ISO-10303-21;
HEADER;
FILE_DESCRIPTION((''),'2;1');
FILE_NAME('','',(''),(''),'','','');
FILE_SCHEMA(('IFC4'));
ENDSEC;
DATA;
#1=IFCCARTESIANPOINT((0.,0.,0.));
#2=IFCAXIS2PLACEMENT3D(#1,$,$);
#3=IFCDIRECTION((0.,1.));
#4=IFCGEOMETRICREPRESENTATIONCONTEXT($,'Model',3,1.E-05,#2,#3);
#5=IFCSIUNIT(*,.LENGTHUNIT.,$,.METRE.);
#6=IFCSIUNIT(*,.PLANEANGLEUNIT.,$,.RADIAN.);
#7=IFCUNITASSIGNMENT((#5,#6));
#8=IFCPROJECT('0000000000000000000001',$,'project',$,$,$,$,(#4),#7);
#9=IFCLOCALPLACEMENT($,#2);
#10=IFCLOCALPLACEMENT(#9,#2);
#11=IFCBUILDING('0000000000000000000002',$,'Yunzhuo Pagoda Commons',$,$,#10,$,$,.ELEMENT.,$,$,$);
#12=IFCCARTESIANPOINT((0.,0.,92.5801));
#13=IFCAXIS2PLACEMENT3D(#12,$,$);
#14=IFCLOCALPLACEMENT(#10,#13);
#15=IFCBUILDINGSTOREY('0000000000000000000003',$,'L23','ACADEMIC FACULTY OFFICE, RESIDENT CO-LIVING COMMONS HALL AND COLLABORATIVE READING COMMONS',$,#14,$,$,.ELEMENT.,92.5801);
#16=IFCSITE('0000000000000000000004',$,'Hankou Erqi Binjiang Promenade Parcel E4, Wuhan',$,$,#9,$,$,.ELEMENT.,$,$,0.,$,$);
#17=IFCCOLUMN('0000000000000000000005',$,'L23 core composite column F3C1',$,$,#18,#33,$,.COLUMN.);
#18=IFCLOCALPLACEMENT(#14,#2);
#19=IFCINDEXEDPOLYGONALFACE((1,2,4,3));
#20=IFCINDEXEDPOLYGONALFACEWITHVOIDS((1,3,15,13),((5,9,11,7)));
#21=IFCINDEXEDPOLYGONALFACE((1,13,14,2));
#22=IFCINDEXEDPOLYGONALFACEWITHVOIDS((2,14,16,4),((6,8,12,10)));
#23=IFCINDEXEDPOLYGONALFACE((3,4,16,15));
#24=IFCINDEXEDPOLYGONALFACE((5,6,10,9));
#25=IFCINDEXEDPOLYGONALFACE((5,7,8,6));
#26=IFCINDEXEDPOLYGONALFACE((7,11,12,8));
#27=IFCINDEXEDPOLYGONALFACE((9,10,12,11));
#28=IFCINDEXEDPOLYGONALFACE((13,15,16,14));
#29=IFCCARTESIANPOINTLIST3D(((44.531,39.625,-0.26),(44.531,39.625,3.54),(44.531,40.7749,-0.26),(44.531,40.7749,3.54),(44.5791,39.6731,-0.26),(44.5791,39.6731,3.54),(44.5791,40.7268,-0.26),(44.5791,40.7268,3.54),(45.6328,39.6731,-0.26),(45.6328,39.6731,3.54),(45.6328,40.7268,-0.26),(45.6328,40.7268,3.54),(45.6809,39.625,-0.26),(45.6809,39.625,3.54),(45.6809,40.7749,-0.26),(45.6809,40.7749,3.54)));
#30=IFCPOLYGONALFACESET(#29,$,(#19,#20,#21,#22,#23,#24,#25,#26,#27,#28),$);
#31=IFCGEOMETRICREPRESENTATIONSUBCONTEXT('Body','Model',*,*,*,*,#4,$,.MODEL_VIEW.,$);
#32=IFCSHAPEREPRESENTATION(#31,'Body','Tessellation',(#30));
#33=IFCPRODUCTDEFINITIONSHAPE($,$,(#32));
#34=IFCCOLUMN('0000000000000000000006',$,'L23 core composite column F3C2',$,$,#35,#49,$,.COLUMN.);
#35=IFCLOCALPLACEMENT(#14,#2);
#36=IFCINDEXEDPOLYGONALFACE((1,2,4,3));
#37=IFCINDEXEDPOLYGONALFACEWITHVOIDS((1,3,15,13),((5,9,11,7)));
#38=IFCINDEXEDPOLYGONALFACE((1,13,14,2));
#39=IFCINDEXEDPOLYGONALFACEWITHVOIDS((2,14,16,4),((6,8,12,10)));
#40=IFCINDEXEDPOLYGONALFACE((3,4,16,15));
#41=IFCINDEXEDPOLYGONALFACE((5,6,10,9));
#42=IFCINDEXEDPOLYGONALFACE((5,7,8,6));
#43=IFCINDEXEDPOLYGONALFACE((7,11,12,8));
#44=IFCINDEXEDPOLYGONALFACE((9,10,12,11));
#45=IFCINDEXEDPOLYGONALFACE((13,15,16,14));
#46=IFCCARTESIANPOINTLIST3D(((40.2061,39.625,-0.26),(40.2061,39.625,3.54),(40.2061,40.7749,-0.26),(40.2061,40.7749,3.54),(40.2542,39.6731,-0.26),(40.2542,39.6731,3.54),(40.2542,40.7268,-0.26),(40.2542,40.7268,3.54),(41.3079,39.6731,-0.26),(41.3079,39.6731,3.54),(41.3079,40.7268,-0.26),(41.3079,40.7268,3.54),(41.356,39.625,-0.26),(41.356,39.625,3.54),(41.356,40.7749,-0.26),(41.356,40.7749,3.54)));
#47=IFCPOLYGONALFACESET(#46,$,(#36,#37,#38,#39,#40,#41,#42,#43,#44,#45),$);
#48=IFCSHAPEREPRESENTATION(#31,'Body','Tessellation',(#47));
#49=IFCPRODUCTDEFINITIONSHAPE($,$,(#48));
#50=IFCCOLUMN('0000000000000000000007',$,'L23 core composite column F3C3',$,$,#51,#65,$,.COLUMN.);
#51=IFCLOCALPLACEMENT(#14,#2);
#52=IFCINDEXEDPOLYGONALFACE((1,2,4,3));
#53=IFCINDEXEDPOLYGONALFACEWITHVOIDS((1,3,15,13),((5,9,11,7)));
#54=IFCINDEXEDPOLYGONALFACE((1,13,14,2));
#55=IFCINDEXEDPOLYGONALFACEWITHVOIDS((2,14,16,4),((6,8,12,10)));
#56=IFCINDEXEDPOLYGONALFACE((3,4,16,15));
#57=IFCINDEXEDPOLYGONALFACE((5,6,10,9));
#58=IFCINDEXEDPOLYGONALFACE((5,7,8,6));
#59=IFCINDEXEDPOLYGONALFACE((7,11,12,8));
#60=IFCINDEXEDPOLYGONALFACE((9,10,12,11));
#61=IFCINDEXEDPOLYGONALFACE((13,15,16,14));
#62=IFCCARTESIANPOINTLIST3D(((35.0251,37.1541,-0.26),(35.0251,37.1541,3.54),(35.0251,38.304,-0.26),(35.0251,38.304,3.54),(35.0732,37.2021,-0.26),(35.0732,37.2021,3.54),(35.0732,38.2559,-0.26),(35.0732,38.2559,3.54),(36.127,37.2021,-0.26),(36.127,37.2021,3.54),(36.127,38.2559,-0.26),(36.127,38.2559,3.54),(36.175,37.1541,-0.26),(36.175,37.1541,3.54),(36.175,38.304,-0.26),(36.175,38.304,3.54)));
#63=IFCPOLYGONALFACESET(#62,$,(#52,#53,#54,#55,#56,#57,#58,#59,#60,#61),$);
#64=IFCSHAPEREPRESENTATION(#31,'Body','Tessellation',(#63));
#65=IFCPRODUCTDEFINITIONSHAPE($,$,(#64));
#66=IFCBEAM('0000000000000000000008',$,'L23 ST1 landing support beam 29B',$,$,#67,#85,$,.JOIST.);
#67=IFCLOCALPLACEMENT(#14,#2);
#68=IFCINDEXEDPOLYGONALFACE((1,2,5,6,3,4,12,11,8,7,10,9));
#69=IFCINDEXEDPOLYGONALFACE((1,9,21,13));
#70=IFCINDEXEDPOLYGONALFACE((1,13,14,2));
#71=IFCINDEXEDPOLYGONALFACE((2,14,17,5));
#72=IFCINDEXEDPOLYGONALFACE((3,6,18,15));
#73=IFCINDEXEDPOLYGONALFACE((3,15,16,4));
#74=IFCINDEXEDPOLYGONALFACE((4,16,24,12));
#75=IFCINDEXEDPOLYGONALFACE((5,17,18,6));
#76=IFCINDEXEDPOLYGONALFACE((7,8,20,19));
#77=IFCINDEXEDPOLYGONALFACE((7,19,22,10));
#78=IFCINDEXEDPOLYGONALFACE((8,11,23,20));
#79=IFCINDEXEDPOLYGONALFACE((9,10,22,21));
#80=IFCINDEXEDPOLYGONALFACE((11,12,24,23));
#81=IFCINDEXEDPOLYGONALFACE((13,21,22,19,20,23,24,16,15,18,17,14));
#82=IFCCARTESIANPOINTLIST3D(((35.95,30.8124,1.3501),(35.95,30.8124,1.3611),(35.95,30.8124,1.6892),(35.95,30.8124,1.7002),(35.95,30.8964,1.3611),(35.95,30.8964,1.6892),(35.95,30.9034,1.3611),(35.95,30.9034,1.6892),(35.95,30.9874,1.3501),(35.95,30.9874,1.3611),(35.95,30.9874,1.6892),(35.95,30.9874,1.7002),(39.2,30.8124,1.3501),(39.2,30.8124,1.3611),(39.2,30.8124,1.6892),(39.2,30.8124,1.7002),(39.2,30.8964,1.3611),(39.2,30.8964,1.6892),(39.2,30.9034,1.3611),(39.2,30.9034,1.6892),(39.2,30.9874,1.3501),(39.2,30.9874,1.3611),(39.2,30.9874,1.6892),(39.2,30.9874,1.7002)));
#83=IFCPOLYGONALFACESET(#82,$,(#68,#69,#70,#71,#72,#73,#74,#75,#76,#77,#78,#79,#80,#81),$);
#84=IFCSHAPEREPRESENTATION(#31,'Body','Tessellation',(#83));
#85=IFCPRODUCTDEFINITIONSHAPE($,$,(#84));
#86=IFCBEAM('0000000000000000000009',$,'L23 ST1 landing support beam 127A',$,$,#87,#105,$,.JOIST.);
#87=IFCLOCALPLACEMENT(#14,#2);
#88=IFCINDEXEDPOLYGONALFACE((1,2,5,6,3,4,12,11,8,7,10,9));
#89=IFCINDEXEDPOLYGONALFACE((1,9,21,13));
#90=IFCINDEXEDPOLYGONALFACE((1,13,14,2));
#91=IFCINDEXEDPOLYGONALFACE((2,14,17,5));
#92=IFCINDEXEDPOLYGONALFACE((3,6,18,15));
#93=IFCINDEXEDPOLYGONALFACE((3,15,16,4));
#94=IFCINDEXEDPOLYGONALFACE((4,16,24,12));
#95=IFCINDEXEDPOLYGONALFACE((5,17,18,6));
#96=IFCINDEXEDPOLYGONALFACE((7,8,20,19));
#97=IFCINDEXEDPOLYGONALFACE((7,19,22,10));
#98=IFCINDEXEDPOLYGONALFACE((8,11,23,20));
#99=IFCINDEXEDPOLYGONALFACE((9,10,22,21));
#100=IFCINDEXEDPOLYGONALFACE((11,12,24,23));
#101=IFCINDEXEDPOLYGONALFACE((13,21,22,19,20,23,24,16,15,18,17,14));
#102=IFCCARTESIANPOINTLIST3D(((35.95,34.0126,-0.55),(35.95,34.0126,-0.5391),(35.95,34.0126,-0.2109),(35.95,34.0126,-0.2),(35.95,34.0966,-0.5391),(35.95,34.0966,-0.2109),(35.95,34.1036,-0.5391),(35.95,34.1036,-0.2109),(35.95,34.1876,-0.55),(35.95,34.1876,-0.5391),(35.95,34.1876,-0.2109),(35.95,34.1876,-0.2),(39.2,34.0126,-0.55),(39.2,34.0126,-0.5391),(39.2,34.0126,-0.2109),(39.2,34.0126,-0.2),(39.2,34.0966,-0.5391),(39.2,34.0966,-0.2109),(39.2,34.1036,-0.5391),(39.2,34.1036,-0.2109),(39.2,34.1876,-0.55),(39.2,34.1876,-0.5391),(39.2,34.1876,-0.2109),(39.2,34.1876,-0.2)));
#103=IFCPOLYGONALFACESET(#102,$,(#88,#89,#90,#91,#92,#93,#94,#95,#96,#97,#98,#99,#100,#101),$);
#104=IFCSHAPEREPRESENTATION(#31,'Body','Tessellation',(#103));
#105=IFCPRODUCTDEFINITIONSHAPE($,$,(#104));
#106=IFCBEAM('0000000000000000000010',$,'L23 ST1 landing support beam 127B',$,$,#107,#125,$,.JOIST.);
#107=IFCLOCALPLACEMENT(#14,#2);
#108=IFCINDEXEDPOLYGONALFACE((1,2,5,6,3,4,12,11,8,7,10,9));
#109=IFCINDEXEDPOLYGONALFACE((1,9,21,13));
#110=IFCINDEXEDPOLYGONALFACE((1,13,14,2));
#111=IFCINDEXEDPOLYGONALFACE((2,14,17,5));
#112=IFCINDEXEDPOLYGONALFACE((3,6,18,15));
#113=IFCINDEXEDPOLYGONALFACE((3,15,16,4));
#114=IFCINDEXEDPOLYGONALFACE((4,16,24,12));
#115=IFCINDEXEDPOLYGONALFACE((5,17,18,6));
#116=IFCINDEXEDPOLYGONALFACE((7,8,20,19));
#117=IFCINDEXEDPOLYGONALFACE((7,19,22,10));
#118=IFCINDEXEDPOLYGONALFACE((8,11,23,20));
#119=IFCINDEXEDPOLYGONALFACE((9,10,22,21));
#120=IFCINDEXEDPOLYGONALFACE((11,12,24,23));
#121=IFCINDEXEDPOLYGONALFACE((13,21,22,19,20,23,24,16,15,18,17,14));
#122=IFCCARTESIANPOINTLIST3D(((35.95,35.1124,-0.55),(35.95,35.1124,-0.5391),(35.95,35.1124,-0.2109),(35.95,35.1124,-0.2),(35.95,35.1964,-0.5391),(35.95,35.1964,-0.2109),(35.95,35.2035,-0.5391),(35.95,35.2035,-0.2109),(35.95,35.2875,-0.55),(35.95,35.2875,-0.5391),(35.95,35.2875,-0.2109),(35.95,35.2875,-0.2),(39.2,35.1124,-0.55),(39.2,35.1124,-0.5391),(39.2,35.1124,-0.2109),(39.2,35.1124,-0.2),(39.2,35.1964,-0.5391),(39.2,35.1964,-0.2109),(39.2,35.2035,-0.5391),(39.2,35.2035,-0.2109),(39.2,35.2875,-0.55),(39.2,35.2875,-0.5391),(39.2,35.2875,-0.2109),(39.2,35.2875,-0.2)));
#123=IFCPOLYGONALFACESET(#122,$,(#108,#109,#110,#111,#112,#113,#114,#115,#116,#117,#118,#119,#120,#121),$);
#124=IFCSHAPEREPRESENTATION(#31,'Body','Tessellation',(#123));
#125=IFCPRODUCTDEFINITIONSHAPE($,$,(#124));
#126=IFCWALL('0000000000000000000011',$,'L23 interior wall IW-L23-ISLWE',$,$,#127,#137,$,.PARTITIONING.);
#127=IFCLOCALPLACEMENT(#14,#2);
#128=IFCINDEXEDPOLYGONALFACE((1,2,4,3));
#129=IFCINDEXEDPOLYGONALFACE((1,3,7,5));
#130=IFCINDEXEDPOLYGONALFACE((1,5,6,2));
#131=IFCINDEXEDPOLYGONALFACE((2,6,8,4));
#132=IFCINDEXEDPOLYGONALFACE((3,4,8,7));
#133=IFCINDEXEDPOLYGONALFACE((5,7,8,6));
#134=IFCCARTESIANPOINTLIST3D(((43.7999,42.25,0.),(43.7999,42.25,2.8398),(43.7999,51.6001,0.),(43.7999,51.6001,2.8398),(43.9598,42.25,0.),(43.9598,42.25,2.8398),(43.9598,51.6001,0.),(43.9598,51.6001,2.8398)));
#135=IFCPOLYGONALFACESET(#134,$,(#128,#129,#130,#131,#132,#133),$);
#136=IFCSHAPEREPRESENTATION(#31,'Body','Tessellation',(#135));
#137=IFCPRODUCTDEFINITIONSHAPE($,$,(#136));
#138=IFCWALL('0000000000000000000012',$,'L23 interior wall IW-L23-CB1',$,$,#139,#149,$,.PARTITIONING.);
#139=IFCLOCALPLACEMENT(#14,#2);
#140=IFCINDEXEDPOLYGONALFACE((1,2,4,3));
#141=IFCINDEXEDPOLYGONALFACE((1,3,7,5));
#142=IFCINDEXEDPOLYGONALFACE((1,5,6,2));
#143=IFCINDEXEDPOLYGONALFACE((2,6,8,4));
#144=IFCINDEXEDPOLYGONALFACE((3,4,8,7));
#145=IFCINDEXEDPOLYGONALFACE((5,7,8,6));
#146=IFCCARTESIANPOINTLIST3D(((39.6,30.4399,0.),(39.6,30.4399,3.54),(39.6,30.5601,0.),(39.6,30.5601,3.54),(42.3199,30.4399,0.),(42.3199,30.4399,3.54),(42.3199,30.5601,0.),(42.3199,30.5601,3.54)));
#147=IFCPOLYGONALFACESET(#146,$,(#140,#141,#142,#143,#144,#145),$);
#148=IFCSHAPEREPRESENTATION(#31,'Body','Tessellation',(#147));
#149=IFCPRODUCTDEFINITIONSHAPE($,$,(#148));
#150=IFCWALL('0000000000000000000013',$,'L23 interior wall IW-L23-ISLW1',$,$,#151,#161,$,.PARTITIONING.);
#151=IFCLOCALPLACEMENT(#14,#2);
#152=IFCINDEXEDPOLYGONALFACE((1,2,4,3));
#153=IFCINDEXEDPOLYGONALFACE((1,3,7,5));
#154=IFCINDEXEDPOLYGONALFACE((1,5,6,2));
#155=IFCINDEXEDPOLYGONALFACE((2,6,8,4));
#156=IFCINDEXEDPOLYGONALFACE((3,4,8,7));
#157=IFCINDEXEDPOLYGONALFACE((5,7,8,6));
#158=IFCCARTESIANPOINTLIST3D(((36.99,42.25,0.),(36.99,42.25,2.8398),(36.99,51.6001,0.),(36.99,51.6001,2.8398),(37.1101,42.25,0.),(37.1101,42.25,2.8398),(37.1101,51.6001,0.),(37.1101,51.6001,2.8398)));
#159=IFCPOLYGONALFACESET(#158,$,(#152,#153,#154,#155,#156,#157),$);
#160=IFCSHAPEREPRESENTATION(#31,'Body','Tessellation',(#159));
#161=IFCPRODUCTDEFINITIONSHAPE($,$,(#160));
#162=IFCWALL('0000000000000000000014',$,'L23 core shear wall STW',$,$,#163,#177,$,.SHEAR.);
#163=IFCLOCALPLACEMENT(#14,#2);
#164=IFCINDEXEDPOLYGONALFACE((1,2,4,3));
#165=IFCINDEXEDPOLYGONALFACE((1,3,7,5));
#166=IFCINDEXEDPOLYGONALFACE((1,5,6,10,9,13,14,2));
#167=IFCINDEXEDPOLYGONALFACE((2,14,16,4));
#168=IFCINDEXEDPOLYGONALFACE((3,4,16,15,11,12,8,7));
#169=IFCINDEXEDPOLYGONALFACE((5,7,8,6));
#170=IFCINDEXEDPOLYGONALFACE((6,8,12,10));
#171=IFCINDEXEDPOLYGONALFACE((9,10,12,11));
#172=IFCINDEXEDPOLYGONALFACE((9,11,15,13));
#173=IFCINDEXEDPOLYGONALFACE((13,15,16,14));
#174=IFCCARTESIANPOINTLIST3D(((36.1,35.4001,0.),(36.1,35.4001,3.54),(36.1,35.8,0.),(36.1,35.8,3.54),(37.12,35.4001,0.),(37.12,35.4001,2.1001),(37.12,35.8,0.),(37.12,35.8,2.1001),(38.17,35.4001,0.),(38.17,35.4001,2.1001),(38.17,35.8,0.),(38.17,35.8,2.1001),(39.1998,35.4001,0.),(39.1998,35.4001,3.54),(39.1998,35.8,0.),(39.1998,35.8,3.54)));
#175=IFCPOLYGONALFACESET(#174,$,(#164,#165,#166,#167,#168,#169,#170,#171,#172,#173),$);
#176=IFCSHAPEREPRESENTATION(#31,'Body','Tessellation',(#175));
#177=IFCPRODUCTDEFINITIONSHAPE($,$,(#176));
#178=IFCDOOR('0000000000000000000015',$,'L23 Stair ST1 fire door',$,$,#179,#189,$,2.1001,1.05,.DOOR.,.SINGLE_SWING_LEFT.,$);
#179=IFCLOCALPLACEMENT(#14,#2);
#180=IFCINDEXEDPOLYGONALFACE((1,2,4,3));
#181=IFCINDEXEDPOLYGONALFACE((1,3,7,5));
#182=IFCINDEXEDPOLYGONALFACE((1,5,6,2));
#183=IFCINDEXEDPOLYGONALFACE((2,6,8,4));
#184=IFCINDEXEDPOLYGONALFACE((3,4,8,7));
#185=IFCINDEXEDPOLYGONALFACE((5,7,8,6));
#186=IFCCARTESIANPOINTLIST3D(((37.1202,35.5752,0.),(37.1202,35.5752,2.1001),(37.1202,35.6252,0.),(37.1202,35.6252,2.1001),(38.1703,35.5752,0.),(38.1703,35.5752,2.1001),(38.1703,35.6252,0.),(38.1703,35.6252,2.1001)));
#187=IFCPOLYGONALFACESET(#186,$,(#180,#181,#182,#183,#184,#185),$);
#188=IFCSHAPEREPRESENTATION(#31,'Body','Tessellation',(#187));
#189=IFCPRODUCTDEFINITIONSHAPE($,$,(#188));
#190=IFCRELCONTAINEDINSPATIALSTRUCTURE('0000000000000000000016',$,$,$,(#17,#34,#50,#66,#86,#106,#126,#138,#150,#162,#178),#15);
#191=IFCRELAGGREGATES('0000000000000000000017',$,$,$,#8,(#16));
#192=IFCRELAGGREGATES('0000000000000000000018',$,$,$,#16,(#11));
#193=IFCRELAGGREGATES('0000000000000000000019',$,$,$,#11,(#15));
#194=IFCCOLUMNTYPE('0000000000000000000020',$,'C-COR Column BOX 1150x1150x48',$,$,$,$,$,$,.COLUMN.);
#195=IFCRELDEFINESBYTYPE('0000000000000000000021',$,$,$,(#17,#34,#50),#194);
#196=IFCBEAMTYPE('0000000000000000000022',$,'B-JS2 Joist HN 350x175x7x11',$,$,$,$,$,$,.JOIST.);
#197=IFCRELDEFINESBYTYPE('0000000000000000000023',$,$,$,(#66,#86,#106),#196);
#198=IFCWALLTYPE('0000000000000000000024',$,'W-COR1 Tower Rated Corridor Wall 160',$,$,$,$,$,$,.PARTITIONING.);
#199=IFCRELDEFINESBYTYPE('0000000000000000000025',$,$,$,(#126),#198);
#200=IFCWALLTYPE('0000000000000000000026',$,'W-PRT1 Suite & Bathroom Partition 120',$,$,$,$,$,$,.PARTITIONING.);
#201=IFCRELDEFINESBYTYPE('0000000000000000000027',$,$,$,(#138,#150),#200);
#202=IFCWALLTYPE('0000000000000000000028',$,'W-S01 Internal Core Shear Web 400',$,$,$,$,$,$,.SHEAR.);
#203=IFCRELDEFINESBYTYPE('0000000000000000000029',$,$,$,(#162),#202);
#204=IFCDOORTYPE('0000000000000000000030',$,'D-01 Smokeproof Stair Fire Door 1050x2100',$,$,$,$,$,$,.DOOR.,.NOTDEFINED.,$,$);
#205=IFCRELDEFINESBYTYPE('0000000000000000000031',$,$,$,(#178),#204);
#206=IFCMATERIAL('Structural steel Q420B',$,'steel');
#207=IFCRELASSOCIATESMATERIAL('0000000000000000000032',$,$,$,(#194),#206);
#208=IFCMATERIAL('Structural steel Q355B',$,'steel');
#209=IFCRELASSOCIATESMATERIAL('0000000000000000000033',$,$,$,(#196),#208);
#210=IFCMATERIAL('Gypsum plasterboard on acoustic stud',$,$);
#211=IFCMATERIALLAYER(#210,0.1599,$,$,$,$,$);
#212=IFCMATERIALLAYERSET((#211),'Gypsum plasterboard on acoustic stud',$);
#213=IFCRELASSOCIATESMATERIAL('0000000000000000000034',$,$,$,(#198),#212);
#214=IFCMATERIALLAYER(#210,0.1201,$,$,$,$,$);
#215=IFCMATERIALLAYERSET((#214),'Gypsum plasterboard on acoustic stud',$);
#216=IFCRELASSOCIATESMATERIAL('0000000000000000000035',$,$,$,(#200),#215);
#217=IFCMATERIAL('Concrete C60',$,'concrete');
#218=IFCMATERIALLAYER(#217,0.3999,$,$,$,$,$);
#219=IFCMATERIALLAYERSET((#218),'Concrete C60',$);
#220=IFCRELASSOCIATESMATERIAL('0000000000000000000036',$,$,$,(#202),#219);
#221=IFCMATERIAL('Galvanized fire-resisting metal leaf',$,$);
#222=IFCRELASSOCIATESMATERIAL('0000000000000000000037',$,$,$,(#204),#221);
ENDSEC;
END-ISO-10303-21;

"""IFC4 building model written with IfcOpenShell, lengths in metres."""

from ifc_helpers import new_model, si_unit, direction, frame, frame_2d, origin, origin_2d, place, context, subcontext, project, spatial, rectangle, hollow_rectangle, i_section, extrude, source, transform, mapped, material, layer, layer_set, material_profile, profile_set, type_object, element, fill, save


model = new_model("IFC4")

# Units and contexts
model_context = context("Model", 3, precision=1e-05, world=origin(), true_north=direction((0.0, 1.0)))
body_context = subcontext(model_context, "Body", "Model", "MODEL_VIEW")
ifc_project = project(units=[si_unit("LENGTHUNIT", "METRE"), si_unit("PLANEANGLEUNIT", "RADIAN")], contexts=[model_context])

# Site, building, storey
site_placement = place(None, origin())
site = spatial("IfcSite", under=ifc_project, at=site_placement, Name="Hankou Erqi Binjiang Promenade Parcel E4, Wuhan", CompositionType="ELEMENT", RefElevation=0.0)
building_placement = place(site_placement, origin())
building = spatial("IfcBuilding", under=site, at=building_placement, Name="Yunzhuo Pagoda Commons", CompositionType="ELEMENT")
storey_placement = place(building_placement, frame((0.0, 0.0, 92.5801)))
storey = spatial("IfcBuildingStorey", under=building, at=storey_placement, Name="L23", Description="ACADEMIC FACULTY OFFICE, RESIDENT CO-LIVING COMMONS HALL AND COLLABORATIVE READING COMMONS", CompositionType="ELEMENT", Elevation=92.5801)

# Columns
ifc_material_1 = material(Name="Structural steel Q420B", Category="steel")
ifc_material_profile_1 = material_profile(ifc_material_1, hollow_rectangle(XDim=1.1499, YDim=1.1499, WallThickness=0.0481, at=origin_2d()), Name="Structural steel Q420B")
ifc_profile_set_1 = profile_set([ifc_material_profile_1], Name="Structural steel Q420B")
column_type = type_object("IfcColumnType", Name="C-COR Column BOX 1150x1150x48", PredefinedType="COLUMN", material=ifc_profile_set_1)
shared_shape_1 = source(origin(), body_context, "Body", "SweptSolid", [
    extrude(hollow_rectangle(XDim=1.1499, YDim=1.1499, WallThickness=0.0481, at=origin_2d()), origin(), (0.0, 0.0, 1.0), 3.8),
])
for number, where, z_axis, x_axis, name in (
    (1, (45.106, 40.2, -0.26), (0.0, 0.0, 1.0), (1.0, 0.0, 0.0), "L23 core composite column F3C1"),
    (2, (40.781, 40.2, -0.26), (0.0, 0.0, 1.0), (1.0, 0.0, 0.0), "L23 core composite column F3C2"),
    (3, (35.6001, 37.729, -0.26), (0.0, 0.0, 1.0), (1.0, 0.0, 0.0), "L23 core composite column F3C3"),
):
    element("IfcColumn", number, at=place(storey_placement, frame(where, z_axis=z_axis, x_axis=x_axis)), inside=storey, type_object=column_type, Name=name, PredefinedType="COLUMN", context=body_context, shape_type="MappedRepresentation", body=[
        mapped(shared_shape_1, transform((0.0, 0.0, 0.0), scale=1.0)),
    ])

# Beams
ifc_material_2 = material(Name="Structural steel Q355B", Category="steel")
ifc_material_profile_2 = material_profile(ifc_material_2, i_section(OverallWidth=0.175, OverallDepth=0.3501, WebThickness=0.0071, FlangeThickness=0.011, at=origin_2d()), Name="Structural steel Q355B")
ifc_profile_set_2 = profile_set([ifc_material_profile_2], Name="Structural steel Q355B")
beam_type = type_object("IfcBeamType", Name="B-JS2 Joist HN 350x175x7x11", PredefinedType="JOIST", material=ifc_profile_set_2)
shared_shape_2 = source(origin(), body_context, "Body", "SweptSolid", [
    extrude(i_section(OverallWidth=0.175, OverallDepth=0.3501, WebThickness=0.0071, FlangeThickness=0.011, at=origin_2d()), origin(), (0.0, 0.0, 1.0), 3.25),
])
for number, where, z_axis, x_axis, name in (
    (4, (35.95, 30.8999, 1.5251), (1.0, 0.0, 0.0), (0.0, 1.0, 0.0), "L23 ST1 landing support beam 29B"),
    (5, (35.95, 34.1001, -0.375), (1.0, 0.0, 0.0), (0.0, 1.0, 0.0), "L23 ST1 landing support beam 127A"),
    (6, (35.95, 35.2, -0.375), (1.0, 0.0, 0.0), (0.0, 1.0, 0.0), "L23 ST1 landing support beam 127B"),
):
    element("IfcBeam", number, at=place(storey_placement, frame(where, z_axis=z_axis, x_axis=x_axis)), inside=storey, type_object=beam_type, Name=name, PredefinedType="JOIST", context=body_context, shape_type="MappedRepresentation", body=[
        mapped(shared_shape_2, transform((0.0, 0.0, 0.0), scale=1.0)),
    ])

# Walls
ifc_material_3 = material(Name="Gypsum plasterboard on acoustic stud")
ifc_layer_1 = layer(ifc_material_3, 0.1599)
ifc_layer_set_1 = layer_set([ifc_layer_1], Name="Gypsum plasterboard on acoustic stud")
wall_type_1 = type_object("IfcWallType", Name="W-COR1 Tower Rated Corridor Wall 160", PredefinedType="PARTITIONING", material=ifc_layer_set_1)
wall_1_placement = place(storey_placement, frame((43.8799, 42.25, 0.0), z_axis=(0.0, 0.0, 1.0), x_axis=(0.0, 1.0, 0.0)))
element("IfcWall", 7, at=wall_1_placement, inside=storey, type_object=wall_type_1, Name="L23 interior wall IW-L23-ISLWE", PredefinedType="PARTITIONING", context=body_context, shape_type="SweptSolid", body=[
    extrude(rectangle(XDim=9.3501, YDim=0.1599, at=frame_2d((4.675, 0.0))), origin(), (0.0, 0.0, 1.0), 2.8398),
])
ifc_layer_2 = layer(ifc_material_3, 0.1201)
ifc_layer_set_2 = layer_set([ifc_layer_2], Name="Gypsum plasterboard on acoustic stud")
wall_type_2 = type_object("IfcWallType", Name="W-PRT1 Suite & Bathroom Partition 120", PredefinedType="PARTITIONING", material=ifc_layer_set_2)
wall_2_placement = place(storey_placement, frame((39.6001, 30.5, 0.0), z_axis=(0.0, 0.0, 1.0), x_axis=(1.0, 0.0, 0.0)))
element("IfcWall", 8, at=wall_2_placement, inside=storey, type_object=wall_type_2, Name="L23 interior wall IW-L23-CB1", PredefinedType="PARTITIONING", context=body_context, shape_type="SweptSolid", body=[
    extrude(rectangle(XDim=2.72, YDim=0.1201, at=frame_2d((1.3599, 0.0))), origin(), (0.0, 0.0, 1.0), 3.54),
])
wall_3_placement = place(storey_placement, frame((37.05, 42.25, 0.0), z_axis=(0.0, 0.0, 1.0), x_axis=(0.0, 1.0, 0.0)))
element("IfcWall", 9, at=wall_3_placement, inside=storey, type_object=wall_type_2, Name="L23 interior wall IW-L23-ISLW1", PredefinedType="PARTITIONING", context=body_context, shape_type="SweptSolid", body=[
    extrude(rectangle(XDim=9.3501, YDim=0.1201, at=frame_2d((4.675, 0.0))), origin(), (0.0, 0.0, 1.0), 2.8398),
])

# Wall, opening, door
ifc_material_4 = material(Name="Concrete C60", Category="concrete")
ifc_layer_3 = layer(ifc_material_4, 0.3999)
ifc_layer_set_3 = layer_set([ifc_layer_3], Name="Concrete C60")
wall_type_3 = type_object("IfcWallType", Name="W-S01 Internal Core Shear Web 400", PredefinedType="SHEAR", material=ifc_layer_set_3)
wall_4_placement = place(storey_placement, frame((36.1001, 35.6001, 0.0), z_axis=(0.0, 0.0, 1.0), x_axis=(1.0, 0.0, 0.0)))
wall_4 = element("IfcWall", 10, at=wall_4_placement, inside=storey, type_object=wall_type_3, Name="L23 core shear wall STW", PredefinedType="SHEAR", context=body_context, shape_type="SweptSolid", body=[
    extrude(rectangle(XDim=3.0999, YDim=0.3999, at=frame_2d((1.5498, 0.0))), origin(), (0.0, 0.0, 1.0), 3.54),
])
opening_1_placement = place(wall_4_placement, frame((1.02, 0.0, 0.0)))
opening_1 = element("IfcOpeningElement", 11, at=opening_1_placement, cuts=wall_4, PredefinedType="OPENING", context=body_context, shape_type="SweptSolid", body=[
    extrude(rectangle(XDim=1.05, YDim=2.1001, at=frame_2d((0.5249, 1.05))), frame((0.0, 0.21, 0.0), z_axis=(0.0, -1.0, 0.0), x_axis=(1.0, 0.0, 0.0)), (0.0, 0.0, 1.0), 0.4199),
])
ifc_material_5 = material(Name="Galvanized fire-resisting metal leaf")
door_type_1 = type_object("IfcDoorType", Name="D-01 Smokeproof Stair Fire Door 1050x2100", OperationType="NOTDEFINED", PredefinedType="DOOR", material=ifc_material_5)
shared_shape_3 = source(origin(), body_context, "Body", "SweptSolid", [
    extrude(rectangle(XDim=1.05, YDim=2.1001, at=frame_2d((0.5249, 1.05))), frame((0.0, 0.0249, 0.0), z_axis=(0.0, -1.0, 0.0), x_axis=(1.0, 0.0, 0.0)), (0.0, 0.0, 1.0), 0.05),
])
door_1_placement = place(opening_1_placement, frame((1.05, 0.0, 0.0), z_axis=(0.0, 0.0, 1.0), x_axis=(-1.0, 0.0, 0.0)))
door_1 = element("IfcDoor", 12, at=door_1_placement, inside=storey, type_object=door_type_1, Name="L23 Stair ST1 fire door", OperationType="SINGLE_SWING_LEFT", OverallHeight=2.1001, OverallWidth=1.05, PredefinedType="DOOR", context=body_context, shape_type="MappedRepresentation", body=[
    mapped(shared_shape_3, transform((0.0, 0.0, 0.0), scale=1.0)),
])
fill(opening_1, door_1)

save(model, "model.ifc")
